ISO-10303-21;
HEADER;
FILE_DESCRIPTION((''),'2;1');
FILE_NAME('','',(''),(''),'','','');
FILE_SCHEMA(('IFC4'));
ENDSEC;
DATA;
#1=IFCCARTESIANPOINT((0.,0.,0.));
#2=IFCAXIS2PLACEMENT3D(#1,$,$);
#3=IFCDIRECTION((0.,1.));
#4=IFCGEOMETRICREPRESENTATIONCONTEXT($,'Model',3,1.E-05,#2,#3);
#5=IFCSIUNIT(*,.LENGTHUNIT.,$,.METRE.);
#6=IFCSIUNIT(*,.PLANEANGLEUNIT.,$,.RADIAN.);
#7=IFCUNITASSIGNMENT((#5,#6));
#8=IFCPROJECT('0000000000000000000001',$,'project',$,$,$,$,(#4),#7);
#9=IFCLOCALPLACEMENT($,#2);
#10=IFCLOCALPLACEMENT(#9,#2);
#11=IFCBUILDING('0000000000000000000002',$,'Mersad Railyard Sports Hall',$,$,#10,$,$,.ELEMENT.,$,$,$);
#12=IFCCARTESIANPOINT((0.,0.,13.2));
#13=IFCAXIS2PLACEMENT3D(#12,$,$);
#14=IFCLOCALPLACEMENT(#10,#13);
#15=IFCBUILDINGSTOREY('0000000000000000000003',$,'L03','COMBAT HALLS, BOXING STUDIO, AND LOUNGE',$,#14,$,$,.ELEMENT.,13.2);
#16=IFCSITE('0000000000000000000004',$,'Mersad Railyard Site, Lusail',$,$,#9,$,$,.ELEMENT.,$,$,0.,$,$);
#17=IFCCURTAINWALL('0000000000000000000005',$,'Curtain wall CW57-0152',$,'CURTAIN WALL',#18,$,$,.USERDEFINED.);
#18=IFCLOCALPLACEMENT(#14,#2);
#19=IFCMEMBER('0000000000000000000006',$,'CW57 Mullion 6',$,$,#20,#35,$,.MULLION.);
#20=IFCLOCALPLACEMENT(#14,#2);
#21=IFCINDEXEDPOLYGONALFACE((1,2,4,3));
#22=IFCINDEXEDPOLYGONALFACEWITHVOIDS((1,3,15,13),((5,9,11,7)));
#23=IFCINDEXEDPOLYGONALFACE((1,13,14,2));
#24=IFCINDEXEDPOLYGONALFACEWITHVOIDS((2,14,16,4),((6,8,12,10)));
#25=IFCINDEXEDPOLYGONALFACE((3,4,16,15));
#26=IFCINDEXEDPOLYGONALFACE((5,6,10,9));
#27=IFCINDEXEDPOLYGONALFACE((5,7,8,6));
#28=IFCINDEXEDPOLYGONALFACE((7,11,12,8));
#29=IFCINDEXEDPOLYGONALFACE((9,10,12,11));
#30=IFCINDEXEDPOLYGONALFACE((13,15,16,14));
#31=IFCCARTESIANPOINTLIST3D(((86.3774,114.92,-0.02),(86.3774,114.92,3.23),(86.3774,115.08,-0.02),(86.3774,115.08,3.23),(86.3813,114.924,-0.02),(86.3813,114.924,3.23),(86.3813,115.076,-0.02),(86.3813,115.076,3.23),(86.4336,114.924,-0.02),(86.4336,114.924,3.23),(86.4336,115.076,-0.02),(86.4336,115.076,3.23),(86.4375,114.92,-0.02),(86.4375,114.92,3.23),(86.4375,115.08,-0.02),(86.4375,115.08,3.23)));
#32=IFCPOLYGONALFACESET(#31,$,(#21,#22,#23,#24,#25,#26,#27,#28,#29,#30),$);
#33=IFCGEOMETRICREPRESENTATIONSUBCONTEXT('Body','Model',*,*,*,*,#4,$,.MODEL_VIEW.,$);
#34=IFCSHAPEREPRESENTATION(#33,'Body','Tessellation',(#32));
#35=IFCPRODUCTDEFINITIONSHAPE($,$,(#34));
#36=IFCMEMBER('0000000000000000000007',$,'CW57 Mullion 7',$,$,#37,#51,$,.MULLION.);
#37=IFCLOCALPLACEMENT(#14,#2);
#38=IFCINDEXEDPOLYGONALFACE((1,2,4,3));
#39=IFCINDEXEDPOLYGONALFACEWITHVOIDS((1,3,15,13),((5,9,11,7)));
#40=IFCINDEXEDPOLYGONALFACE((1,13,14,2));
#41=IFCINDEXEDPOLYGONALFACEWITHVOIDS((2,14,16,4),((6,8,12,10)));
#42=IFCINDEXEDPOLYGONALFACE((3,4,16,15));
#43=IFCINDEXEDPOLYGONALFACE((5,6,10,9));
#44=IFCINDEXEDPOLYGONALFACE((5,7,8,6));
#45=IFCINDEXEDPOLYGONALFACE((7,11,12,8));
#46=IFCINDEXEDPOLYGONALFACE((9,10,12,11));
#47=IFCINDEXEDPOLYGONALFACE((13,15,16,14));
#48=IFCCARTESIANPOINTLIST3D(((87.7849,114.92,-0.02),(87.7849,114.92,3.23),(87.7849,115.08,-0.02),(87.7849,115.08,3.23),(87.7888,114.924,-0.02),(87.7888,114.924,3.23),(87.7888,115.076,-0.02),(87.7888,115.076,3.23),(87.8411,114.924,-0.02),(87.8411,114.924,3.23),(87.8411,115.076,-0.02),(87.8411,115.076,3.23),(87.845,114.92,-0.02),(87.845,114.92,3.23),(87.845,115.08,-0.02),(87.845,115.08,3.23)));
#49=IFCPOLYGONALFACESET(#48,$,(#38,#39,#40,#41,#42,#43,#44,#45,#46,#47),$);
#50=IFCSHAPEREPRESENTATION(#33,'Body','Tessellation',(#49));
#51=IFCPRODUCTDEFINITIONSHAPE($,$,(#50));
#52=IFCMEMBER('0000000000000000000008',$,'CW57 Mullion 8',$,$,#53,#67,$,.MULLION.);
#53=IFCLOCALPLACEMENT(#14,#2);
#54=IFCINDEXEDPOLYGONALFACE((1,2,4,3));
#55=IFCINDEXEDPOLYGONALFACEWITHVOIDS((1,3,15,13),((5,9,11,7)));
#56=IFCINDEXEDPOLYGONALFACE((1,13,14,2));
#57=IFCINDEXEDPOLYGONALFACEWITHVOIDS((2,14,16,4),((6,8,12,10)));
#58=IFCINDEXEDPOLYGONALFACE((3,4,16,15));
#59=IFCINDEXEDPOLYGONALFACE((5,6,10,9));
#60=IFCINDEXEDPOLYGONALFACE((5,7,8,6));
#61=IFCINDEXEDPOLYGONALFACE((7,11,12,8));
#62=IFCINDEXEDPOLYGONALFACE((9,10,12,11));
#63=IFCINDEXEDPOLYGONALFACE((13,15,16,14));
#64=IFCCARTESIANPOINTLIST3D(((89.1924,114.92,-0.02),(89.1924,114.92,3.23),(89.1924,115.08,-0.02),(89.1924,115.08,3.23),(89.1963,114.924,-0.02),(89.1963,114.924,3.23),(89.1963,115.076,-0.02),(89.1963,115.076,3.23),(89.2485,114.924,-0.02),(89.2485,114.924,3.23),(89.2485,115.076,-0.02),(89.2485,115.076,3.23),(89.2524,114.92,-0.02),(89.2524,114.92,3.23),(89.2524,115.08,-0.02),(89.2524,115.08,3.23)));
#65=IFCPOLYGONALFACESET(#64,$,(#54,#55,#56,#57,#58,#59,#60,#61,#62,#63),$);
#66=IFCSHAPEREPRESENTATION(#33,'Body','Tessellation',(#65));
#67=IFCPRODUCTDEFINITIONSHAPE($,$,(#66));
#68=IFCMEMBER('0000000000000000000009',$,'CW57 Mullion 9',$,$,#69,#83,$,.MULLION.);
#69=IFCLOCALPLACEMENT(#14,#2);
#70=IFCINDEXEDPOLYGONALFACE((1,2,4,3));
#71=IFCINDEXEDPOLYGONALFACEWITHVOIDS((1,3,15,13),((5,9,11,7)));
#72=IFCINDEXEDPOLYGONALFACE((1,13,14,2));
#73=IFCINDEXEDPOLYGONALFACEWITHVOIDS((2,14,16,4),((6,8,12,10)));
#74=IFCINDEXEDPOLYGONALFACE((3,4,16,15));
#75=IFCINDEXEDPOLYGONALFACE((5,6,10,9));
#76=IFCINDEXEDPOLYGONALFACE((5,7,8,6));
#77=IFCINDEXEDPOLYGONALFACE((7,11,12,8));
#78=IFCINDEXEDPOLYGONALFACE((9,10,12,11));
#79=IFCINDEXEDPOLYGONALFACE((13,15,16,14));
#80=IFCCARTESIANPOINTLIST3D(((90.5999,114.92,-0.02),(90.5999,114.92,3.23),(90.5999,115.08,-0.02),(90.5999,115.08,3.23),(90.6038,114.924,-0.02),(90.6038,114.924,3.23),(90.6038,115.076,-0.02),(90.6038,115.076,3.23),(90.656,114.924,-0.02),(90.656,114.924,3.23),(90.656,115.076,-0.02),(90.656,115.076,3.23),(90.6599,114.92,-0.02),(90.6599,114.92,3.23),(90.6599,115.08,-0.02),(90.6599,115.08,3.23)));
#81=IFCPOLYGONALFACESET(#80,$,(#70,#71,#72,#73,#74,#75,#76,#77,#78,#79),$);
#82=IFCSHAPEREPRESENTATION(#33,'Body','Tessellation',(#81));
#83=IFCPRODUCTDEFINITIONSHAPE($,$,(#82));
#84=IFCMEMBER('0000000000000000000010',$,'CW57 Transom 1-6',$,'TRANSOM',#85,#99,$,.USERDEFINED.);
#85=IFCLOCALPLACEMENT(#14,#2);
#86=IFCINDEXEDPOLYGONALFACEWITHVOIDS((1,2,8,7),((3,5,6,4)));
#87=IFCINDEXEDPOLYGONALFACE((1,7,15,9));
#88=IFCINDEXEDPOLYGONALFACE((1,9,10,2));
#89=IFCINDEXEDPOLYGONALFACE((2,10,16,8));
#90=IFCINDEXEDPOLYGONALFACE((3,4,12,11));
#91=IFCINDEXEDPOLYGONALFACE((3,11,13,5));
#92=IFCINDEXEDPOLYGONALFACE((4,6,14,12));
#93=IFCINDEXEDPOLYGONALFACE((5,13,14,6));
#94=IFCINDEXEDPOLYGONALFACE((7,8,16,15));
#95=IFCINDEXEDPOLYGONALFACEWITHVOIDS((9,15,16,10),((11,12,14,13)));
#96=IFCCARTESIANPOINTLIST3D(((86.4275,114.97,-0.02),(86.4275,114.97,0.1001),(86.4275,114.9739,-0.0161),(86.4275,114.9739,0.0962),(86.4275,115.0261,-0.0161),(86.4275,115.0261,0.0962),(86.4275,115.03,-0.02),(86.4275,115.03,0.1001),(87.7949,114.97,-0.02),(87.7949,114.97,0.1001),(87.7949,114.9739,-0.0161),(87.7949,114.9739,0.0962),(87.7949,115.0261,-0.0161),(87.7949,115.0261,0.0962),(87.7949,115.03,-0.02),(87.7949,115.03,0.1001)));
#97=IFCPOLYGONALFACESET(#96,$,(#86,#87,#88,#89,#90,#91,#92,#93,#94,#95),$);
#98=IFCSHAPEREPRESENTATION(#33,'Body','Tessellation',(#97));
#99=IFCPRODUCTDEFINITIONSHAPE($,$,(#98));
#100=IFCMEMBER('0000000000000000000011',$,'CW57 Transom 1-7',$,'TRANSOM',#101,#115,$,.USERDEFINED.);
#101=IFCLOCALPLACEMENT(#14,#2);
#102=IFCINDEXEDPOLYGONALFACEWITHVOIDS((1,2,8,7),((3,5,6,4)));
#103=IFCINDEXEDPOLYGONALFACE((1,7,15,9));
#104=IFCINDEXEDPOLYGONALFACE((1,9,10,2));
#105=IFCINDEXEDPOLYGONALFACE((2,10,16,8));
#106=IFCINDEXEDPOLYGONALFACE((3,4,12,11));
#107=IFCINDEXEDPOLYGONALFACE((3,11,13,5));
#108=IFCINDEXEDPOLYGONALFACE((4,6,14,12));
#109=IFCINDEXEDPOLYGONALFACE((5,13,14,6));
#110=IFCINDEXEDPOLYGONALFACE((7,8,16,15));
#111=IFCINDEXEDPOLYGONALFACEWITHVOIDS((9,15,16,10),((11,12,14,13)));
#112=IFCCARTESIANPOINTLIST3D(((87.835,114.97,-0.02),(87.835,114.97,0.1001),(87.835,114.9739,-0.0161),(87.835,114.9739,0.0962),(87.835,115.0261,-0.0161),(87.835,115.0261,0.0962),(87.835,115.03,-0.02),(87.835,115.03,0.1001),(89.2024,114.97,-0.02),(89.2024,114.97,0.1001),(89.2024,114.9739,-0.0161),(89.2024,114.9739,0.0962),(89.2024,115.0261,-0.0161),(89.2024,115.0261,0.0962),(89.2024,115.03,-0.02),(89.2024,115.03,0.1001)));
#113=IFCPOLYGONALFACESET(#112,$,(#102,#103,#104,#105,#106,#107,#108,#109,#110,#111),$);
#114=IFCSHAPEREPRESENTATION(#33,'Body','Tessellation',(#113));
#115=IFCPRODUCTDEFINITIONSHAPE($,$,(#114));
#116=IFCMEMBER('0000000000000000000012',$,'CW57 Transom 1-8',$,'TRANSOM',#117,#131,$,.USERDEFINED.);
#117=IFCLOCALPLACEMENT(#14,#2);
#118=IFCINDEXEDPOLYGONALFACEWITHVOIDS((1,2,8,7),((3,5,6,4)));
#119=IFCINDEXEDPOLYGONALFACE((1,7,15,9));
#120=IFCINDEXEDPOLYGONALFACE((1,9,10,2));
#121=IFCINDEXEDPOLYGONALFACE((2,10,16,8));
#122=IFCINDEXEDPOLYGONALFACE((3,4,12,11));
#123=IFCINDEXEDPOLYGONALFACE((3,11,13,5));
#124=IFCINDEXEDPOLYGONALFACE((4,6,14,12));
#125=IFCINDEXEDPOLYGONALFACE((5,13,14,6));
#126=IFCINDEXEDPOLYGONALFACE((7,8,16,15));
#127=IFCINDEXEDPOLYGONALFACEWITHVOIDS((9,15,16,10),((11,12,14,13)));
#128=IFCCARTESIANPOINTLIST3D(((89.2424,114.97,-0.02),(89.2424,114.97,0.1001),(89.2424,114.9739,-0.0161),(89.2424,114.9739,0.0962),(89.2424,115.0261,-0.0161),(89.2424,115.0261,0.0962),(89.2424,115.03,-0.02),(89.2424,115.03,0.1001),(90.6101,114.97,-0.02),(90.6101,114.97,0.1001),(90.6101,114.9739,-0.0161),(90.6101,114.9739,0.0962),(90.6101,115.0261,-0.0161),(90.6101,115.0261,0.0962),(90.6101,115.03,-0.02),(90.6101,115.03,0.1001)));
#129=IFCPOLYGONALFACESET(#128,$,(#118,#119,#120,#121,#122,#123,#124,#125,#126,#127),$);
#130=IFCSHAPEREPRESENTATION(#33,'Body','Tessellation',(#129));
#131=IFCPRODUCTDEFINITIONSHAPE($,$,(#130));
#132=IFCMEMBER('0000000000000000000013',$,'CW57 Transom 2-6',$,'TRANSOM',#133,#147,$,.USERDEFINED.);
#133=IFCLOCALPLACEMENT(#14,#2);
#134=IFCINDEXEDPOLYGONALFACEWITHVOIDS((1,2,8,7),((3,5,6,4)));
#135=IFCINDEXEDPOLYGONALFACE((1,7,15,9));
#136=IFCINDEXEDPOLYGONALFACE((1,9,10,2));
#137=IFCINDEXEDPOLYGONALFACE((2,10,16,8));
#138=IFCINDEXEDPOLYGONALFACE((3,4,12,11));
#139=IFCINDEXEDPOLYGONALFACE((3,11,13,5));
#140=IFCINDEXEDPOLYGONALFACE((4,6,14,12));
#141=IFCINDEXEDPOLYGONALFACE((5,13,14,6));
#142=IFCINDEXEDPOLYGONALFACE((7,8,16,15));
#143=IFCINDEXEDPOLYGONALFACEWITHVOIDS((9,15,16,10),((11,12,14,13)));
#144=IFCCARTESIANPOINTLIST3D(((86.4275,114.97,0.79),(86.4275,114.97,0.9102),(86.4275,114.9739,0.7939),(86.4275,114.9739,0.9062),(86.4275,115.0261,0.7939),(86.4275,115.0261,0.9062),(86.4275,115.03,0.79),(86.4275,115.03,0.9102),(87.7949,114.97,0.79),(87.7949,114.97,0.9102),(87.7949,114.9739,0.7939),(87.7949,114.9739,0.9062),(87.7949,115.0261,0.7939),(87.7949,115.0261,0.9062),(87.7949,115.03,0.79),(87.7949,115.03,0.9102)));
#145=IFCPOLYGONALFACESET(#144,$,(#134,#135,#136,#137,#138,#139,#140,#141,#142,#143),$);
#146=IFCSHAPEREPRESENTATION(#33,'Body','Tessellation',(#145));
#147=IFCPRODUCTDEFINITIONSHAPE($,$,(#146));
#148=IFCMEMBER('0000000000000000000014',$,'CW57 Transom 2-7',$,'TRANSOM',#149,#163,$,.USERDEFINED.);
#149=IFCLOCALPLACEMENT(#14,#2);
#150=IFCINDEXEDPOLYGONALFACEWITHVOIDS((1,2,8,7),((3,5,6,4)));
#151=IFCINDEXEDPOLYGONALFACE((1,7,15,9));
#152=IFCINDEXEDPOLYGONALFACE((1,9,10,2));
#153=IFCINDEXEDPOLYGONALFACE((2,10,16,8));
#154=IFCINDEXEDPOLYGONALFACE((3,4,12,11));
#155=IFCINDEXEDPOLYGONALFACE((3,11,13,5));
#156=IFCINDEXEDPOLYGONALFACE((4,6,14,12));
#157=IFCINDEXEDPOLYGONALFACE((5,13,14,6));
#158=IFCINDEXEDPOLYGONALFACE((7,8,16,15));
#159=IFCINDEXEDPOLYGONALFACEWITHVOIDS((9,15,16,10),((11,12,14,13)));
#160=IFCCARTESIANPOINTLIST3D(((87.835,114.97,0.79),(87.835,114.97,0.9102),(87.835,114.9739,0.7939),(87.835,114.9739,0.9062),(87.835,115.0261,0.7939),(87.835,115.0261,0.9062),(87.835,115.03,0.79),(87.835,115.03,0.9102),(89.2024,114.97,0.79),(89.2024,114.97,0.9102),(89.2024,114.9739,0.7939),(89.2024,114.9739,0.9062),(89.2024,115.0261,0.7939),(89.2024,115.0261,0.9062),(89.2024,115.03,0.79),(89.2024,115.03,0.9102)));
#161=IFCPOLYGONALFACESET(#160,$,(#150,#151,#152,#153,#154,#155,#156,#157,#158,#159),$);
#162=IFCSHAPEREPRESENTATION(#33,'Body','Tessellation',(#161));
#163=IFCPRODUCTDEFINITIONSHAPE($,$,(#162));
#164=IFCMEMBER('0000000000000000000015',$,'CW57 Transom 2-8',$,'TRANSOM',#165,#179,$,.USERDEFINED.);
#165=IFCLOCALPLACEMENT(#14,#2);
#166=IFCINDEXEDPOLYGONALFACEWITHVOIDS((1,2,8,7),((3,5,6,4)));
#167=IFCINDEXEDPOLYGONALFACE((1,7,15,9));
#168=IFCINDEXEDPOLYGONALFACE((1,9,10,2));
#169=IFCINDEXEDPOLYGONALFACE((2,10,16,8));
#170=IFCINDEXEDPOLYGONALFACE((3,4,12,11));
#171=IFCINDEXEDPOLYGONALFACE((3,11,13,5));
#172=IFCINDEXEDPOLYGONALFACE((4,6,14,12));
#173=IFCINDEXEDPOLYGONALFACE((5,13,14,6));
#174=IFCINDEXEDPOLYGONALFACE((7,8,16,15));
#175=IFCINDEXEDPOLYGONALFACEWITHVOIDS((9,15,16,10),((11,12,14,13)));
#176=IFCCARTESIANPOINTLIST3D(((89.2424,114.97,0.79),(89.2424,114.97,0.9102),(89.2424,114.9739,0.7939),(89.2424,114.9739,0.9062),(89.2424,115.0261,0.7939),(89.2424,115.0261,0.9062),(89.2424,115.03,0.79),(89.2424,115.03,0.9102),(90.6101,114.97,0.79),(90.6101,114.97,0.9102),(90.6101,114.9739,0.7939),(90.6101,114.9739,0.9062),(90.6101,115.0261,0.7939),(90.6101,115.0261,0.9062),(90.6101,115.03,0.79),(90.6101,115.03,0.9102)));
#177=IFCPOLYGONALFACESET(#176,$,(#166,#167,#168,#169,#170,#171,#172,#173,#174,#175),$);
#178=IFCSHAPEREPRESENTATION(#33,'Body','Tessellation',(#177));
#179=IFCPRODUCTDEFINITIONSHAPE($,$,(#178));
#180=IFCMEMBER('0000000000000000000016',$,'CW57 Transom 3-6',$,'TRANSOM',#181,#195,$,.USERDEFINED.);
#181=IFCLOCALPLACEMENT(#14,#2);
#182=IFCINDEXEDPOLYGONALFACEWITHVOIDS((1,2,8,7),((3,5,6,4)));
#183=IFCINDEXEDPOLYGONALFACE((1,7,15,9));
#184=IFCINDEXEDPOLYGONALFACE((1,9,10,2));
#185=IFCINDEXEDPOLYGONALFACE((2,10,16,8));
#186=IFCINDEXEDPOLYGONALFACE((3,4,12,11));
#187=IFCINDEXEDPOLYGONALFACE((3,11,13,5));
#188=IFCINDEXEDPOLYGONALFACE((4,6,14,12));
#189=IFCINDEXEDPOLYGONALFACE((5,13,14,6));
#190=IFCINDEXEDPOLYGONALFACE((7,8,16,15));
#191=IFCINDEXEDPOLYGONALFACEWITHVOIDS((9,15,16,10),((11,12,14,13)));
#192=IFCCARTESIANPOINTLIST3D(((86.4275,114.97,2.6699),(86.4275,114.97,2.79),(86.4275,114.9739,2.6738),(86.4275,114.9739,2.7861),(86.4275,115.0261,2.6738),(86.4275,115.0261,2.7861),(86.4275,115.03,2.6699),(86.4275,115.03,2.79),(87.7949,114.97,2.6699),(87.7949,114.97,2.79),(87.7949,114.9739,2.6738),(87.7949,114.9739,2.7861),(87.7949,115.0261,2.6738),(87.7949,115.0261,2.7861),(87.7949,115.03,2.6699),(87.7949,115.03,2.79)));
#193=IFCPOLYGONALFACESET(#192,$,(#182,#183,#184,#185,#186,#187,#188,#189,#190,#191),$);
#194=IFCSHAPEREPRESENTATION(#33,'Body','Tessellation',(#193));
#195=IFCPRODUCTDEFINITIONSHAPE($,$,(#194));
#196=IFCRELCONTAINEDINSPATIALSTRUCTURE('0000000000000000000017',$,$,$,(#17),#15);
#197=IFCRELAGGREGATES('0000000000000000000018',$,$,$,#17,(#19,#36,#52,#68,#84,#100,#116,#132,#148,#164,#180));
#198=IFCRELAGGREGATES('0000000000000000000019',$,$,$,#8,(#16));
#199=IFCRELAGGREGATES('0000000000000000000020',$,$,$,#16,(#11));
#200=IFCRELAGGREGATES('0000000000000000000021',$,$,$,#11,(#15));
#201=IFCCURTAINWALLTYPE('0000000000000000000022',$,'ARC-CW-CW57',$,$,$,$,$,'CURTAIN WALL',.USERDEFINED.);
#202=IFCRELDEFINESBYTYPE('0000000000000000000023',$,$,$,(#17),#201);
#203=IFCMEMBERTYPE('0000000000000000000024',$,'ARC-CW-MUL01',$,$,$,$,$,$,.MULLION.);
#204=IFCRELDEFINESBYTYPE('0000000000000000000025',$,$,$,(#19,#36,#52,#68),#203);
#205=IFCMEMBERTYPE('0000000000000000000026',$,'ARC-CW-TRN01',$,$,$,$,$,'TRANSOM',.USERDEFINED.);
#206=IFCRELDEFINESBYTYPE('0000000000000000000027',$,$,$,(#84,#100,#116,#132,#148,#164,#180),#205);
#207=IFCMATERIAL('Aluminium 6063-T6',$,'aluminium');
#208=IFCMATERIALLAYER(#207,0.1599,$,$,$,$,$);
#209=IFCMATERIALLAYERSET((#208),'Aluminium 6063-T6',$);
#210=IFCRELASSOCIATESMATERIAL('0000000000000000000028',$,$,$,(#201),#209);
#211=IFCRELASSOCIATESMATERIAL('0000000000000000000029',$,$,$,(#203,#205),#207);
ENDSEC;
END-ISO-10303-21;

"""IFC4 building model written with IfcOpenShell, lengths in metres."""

from ifc_helpers import new_model, si_unit, direction, frame, origin, origin_2d, place, context, subcontext, project, spatial, hollow_rectangle, extrude, material, layer, layer_set, material_profile, profile_set, type_object, element, aggregate, save


model = new_model("IFC4")

# Units and contexts
model_context = context("Model", 3, precision=1e-05, world=origin(), true_north=direction((0.0, 1.0)))
body_context = subcontext(model_context, "Body", "Model", "MODEL_VIEW")
ifc_project = project(units=[si_unit("LENGTHUNIT", "METRE"), si_unit("PLANEANGLEUNIT", "RADIAN")], contexts=[model_context])

# Site, building, storey
site_placement = place(None, origin())
site = spatial("IfcSite", under=ifc_project, at=site_placement, Name="Mersad Railyard Site, Lusail", CompositionType="ELEMENT", RefElevation=0.0)
building_placement = place(site_placement, origin())
building = spatial("IfcBuilding", under=site, at=building_placement, Name="Mersad Railyard Sports Hall", CompositionType="ELEMENT")
storey_placement = place(building_placement, frame((0.0, 0.0, 13.2)))
storey = spatial("IfcBuildingStorey", under=building, at=storey_placement, Name="L03", Description="COMBAT HALLS, BOXING STUDIO, AND LOUNGE", CompositionType="ELEMENT", Elevation=13.2)

# Curtain wall, members
ifc_material_1 = material(Name="Aluminium 6063-T6", Category="aluminium")
ifc_layer_1 = layer(ifc_material_1, 0.1599)
ifc_layer_set_1 = layer_set([ifc_layer_1], Name="Aluminium 6063-T6")
curtain_wall_type = type_object("IfcCurtainWallType", Name="ARC-CW-CW57", ElementType="CURTAIN WALL", PredefinedType="USERDEFINED", material=ifc_layer_set_1)
curtain_wall_placement = place(storey_placement, origin())
curtain_wall = element("IfcCurtainWall", 1, at=curtain_wall_placement, inside=storey, type_object=curtain_wall_type, Name="Curtain wall CW57-0152", ObjectType="CURTAIN WALL", PredefinedType="USERDEFINED")
ifc_material_profile_1 = material_profile(ifc_material_1, hollow_rectangle(XDim=0.0601, YDim=0.1599, WallThickness=0.0039, at=origin_2d()), Name="AL MULLION 60x160x4")
ifc_profile_set_1 = profile_set([ifc_material_profile_1], Name="Aluminium 6063-T6")
member_type_1 = type_object("IfcMemberType", Name="ARC-CW-MUL01", PredefinedType="MULLION", material=ifc_profile_set_1)
member_1_placement = place(storey_placement, frame((86.4075, 115.0, -0.02), z_axis=(0.0, 0.0, 1.0), x_axis=(1.0, 0.0, 0.0)))
member_1 = element("IfcMember", 2, at=member_1_placement, type_object=member_type_1, Name="CW57 Mullion 6", PredefinedType="MULLION", context=body_context, shape_type="SweptSolid", body=[
    extrude(hollow_rectangle(XDim=0.0601, YDim=0.1599, WallThickness=0.0039, at=origin_2d()), origin(), (0.0, 0.0, 1.0), 3.25),
])
member_2_placement = place(storey_placement, frame((87.8149, 115.0, -0.02), z_axis=(0.0, 0.0, 1.0), x_axis=(1.0, 0.0, 0.0)))
member_2 = element("IfcMember", 3, at=member_2_placement, type_object=member_type_1, Name="CW57 Mullion 7", PredefinedType="MULLION", context=body_context, shape_type="SweptSolid", body=[
    extrude(hollow_rectangle(XDim=0.0601, YDim=0.1599, WallThickness=0.0039, at=origin_2d()), origin(), (0.0, 0.0, 1.0), 3.25),
])
member_3_placement = place(storey_placement, frame((89.2224, 115.0, -0.02), z_axis=(0.0, 0.0, 1.0), x_axis=(1.0, 0.0, 0.0)))
member_3 = element("IfcMember", 4, at=member_3_placement, type_object=member_type_1, Name="CW57 Mullion 8", PredefinedType="MULLION", context=body_context, shape_type="SweptSolid", body=[
    extrude(hollow_rectangle(XDim=0.0601, YDim=0.1599, WallThickness=0.0039, at=origin_2d()), origin(), (0.0, 0.0, 1.0), 3.25),
])
member_4_placement = place(storey_placement, frame((90.6299, 115.0, -0.02), z_axis=(0.0, 0.0, 1.0), x_axis=(1.0, 0.0, 0.0)))
member_4 = element("IfcMember", 5, at=member_4_placement, type_object=member_type_1, Name="CW57 Mullion 9", PredefinedType="MULLION", context=body_context, shape_type="SweptSolid", body=[
    extrude(hollow_rectangle(XDim=0.0601, YDim=0.1599, WallThickness=0.0039, at=origin_2d()), origin(), (0.0, 0.0, 1.0), 3.25),
])
ifc_material_profile_2 = material_profile(ifc_material_1, hollow_rectangle(XDim=0.0601, YDim=0.1201, WallThickness=0.0039, at=origin_2d()), Name="AL TRANSOM 60x120x4")
ifc_profile_set_2 = profile_set([ifc_material_profile_2], Name="Aluminium 6063-T6")
member_type_2 = type_object("IfcMemberType", Name="ARC-CW-TRN01", ElementType="TRANSOM", PredefinedType="USERDEFINED", material=ifc_profile_set_2)
member_5_placement = place(storey_placement, frame((86.4275, 115.0, 0.04), z_axis=(1.0, 0.0, 0.0), x_axis=(0.0, 1.0, 0.0)))
member_5 = element("IfcMember", 6, at=member_5_placement, type_object=member_type_2, Name="CW57 Transom 1-6", ObjectType="TRANSOM", PredefinedType="USERDEFINED", context=body_context, shape_type="SweptSolid", body=[
    extrude(hollow_rectangle(XDim=0.0601, YDim=0.1201, WallThickness=0.0039, at=origin_2d()), origin(), (0.0, 0.0, 1.0), 1.3674),
])
member_6_placement = place(storey_placement, frame((87.835, 115.0, 0.04), z_axis=(1.0, 0.0, 0.0), x_axis=(0.0, 1.0, 0.0)))
member_6 = element("IfcMember", 7, at=member_6_placement, type_object=member_type_2, Name="CW57 Transom 1-7", ObjectType="TRANSOM", PredefinedType="USERDEFINED", context=body_context, shape_type="SweptSolid", body=[
    extrude(hollow_rectangle(XDim=0.0601, YDim=0.1201, WallThickness=0.0039, at=origin_2d()), origin(), (0.0, 0.0, 1.0), 1.3674),
])
member_7_placement = place(storey_placement, frame((89.2424, 115.0, 0.04), z_axis=(1.0, 0.0, 0.0), x_axis=(0.0, 1.0, 0.0)))
member_7 = element("IfcMember", 8, at=member_7_placement, type_object=member_type_2, Name="CW57 Transom 1-8", ObjectType="TRANSOM", PredefinedType="USERDEFINED", context=body_context, shape_type="SweptSolid", body=[
    extrude(hollow_rectangle(XDim=0.0601, YDim=0.1201, WallThickness=0.0039, at=origin_2d()), origin(), (0.0, 0.0, 1.0), 1.3677),
])
member_8_placement = place(storey_placement, frame((86.4275, 115.0, 0.8501), z_axis=(1.0, 0.0, 0.0), x_axis=(0.0, 1.0, 0.0)))
member_8 = element("IfcMember", 9, at=member_8_placement, type_object=member_type_2, Name="CW57 Transom 2-6", ObjectType="TRANSOM", PredefinedType="USERDEFINED", context=body_context, shape_type="SweptSolid", body=[
    extrude(hollow_rectangle(XDim=0.0601, YDim=0.1201, WallThickness=0.0039, at=origin_2d()), origin(), (0.0, 0.0, 1.0), 1.3674),
])
member_9_placement = place(storey_placement, frame((87.835, 115.0, 0.8501), z_axis=(1.0, 0.0, 0.0), x_axis=(0.0, 1.0, 0.0)))
member_9 = element("IfcMember", 10, at=member_9_placement, type_object=member_type_2, Name="CW57 Transom 2-7", ObjectType="TRANSOM", PredefinedType="USERDEFINED", context=body_context, shape_type="SweptSolid", body=[
    extrude(hollow_rectangle(XDim=0.0601, YDim=0.1201, WallThickness=0.0039, at=origin_2d()), origin(), (0.0, 0.0, 1.0), 1.3674),
])
member_10_placement = place(storey_placement, frame((89.2424, 115.0, 0.8501), z_axis=(1.0, 0.0, 0.0), x_axis=(0.0, 1.0, 0.0)))
member_10 = element("IfcMember", 11, at=member_10_placement, type_object=member_type_2, Name="CW57 Transom 2-8", ObjectType="TRANSOM", PredefinedType="USERDEFINED", context=body_context, shape_type="SweptSolid", body=[
    extrude(hollow_rectangle(XDim=0.0601, YDim=0.1201, WallThickness=0.0039, at=origin_2d()), origin(), (0.0, 0.0, 1.0), 1.3677),
])
member_11_placement = place(storey_placement, frame((86.4275, 115.0, 2.73), z_axis=(1.0, 0.0, 0.0), x_axis=(0.0, 1.0, 0.0)))
member_11 = element("IfcMember", 12, at=member_11_placement, type_object=member_type_2, Name="CW57 Transom 3-6", ObjectType="TRANSOM", PredefinedType="USERDEFINED", context=body_context, shape_type="SweptSolid", body=[
    extrude(hollow_rectangle(XDim=0.0601, YDim=0.1201, WallThickness=0.0039, at=origin_2d()), origin(), (0.0, 0.0, 1.0), 1.3674),
])
aggregate(curtain_wall, [member_1, member_2, member_3, member_4, member_5, member_6, member_7, member_8, member_9, member_10, member_11])

save(model, "model.ifc")
